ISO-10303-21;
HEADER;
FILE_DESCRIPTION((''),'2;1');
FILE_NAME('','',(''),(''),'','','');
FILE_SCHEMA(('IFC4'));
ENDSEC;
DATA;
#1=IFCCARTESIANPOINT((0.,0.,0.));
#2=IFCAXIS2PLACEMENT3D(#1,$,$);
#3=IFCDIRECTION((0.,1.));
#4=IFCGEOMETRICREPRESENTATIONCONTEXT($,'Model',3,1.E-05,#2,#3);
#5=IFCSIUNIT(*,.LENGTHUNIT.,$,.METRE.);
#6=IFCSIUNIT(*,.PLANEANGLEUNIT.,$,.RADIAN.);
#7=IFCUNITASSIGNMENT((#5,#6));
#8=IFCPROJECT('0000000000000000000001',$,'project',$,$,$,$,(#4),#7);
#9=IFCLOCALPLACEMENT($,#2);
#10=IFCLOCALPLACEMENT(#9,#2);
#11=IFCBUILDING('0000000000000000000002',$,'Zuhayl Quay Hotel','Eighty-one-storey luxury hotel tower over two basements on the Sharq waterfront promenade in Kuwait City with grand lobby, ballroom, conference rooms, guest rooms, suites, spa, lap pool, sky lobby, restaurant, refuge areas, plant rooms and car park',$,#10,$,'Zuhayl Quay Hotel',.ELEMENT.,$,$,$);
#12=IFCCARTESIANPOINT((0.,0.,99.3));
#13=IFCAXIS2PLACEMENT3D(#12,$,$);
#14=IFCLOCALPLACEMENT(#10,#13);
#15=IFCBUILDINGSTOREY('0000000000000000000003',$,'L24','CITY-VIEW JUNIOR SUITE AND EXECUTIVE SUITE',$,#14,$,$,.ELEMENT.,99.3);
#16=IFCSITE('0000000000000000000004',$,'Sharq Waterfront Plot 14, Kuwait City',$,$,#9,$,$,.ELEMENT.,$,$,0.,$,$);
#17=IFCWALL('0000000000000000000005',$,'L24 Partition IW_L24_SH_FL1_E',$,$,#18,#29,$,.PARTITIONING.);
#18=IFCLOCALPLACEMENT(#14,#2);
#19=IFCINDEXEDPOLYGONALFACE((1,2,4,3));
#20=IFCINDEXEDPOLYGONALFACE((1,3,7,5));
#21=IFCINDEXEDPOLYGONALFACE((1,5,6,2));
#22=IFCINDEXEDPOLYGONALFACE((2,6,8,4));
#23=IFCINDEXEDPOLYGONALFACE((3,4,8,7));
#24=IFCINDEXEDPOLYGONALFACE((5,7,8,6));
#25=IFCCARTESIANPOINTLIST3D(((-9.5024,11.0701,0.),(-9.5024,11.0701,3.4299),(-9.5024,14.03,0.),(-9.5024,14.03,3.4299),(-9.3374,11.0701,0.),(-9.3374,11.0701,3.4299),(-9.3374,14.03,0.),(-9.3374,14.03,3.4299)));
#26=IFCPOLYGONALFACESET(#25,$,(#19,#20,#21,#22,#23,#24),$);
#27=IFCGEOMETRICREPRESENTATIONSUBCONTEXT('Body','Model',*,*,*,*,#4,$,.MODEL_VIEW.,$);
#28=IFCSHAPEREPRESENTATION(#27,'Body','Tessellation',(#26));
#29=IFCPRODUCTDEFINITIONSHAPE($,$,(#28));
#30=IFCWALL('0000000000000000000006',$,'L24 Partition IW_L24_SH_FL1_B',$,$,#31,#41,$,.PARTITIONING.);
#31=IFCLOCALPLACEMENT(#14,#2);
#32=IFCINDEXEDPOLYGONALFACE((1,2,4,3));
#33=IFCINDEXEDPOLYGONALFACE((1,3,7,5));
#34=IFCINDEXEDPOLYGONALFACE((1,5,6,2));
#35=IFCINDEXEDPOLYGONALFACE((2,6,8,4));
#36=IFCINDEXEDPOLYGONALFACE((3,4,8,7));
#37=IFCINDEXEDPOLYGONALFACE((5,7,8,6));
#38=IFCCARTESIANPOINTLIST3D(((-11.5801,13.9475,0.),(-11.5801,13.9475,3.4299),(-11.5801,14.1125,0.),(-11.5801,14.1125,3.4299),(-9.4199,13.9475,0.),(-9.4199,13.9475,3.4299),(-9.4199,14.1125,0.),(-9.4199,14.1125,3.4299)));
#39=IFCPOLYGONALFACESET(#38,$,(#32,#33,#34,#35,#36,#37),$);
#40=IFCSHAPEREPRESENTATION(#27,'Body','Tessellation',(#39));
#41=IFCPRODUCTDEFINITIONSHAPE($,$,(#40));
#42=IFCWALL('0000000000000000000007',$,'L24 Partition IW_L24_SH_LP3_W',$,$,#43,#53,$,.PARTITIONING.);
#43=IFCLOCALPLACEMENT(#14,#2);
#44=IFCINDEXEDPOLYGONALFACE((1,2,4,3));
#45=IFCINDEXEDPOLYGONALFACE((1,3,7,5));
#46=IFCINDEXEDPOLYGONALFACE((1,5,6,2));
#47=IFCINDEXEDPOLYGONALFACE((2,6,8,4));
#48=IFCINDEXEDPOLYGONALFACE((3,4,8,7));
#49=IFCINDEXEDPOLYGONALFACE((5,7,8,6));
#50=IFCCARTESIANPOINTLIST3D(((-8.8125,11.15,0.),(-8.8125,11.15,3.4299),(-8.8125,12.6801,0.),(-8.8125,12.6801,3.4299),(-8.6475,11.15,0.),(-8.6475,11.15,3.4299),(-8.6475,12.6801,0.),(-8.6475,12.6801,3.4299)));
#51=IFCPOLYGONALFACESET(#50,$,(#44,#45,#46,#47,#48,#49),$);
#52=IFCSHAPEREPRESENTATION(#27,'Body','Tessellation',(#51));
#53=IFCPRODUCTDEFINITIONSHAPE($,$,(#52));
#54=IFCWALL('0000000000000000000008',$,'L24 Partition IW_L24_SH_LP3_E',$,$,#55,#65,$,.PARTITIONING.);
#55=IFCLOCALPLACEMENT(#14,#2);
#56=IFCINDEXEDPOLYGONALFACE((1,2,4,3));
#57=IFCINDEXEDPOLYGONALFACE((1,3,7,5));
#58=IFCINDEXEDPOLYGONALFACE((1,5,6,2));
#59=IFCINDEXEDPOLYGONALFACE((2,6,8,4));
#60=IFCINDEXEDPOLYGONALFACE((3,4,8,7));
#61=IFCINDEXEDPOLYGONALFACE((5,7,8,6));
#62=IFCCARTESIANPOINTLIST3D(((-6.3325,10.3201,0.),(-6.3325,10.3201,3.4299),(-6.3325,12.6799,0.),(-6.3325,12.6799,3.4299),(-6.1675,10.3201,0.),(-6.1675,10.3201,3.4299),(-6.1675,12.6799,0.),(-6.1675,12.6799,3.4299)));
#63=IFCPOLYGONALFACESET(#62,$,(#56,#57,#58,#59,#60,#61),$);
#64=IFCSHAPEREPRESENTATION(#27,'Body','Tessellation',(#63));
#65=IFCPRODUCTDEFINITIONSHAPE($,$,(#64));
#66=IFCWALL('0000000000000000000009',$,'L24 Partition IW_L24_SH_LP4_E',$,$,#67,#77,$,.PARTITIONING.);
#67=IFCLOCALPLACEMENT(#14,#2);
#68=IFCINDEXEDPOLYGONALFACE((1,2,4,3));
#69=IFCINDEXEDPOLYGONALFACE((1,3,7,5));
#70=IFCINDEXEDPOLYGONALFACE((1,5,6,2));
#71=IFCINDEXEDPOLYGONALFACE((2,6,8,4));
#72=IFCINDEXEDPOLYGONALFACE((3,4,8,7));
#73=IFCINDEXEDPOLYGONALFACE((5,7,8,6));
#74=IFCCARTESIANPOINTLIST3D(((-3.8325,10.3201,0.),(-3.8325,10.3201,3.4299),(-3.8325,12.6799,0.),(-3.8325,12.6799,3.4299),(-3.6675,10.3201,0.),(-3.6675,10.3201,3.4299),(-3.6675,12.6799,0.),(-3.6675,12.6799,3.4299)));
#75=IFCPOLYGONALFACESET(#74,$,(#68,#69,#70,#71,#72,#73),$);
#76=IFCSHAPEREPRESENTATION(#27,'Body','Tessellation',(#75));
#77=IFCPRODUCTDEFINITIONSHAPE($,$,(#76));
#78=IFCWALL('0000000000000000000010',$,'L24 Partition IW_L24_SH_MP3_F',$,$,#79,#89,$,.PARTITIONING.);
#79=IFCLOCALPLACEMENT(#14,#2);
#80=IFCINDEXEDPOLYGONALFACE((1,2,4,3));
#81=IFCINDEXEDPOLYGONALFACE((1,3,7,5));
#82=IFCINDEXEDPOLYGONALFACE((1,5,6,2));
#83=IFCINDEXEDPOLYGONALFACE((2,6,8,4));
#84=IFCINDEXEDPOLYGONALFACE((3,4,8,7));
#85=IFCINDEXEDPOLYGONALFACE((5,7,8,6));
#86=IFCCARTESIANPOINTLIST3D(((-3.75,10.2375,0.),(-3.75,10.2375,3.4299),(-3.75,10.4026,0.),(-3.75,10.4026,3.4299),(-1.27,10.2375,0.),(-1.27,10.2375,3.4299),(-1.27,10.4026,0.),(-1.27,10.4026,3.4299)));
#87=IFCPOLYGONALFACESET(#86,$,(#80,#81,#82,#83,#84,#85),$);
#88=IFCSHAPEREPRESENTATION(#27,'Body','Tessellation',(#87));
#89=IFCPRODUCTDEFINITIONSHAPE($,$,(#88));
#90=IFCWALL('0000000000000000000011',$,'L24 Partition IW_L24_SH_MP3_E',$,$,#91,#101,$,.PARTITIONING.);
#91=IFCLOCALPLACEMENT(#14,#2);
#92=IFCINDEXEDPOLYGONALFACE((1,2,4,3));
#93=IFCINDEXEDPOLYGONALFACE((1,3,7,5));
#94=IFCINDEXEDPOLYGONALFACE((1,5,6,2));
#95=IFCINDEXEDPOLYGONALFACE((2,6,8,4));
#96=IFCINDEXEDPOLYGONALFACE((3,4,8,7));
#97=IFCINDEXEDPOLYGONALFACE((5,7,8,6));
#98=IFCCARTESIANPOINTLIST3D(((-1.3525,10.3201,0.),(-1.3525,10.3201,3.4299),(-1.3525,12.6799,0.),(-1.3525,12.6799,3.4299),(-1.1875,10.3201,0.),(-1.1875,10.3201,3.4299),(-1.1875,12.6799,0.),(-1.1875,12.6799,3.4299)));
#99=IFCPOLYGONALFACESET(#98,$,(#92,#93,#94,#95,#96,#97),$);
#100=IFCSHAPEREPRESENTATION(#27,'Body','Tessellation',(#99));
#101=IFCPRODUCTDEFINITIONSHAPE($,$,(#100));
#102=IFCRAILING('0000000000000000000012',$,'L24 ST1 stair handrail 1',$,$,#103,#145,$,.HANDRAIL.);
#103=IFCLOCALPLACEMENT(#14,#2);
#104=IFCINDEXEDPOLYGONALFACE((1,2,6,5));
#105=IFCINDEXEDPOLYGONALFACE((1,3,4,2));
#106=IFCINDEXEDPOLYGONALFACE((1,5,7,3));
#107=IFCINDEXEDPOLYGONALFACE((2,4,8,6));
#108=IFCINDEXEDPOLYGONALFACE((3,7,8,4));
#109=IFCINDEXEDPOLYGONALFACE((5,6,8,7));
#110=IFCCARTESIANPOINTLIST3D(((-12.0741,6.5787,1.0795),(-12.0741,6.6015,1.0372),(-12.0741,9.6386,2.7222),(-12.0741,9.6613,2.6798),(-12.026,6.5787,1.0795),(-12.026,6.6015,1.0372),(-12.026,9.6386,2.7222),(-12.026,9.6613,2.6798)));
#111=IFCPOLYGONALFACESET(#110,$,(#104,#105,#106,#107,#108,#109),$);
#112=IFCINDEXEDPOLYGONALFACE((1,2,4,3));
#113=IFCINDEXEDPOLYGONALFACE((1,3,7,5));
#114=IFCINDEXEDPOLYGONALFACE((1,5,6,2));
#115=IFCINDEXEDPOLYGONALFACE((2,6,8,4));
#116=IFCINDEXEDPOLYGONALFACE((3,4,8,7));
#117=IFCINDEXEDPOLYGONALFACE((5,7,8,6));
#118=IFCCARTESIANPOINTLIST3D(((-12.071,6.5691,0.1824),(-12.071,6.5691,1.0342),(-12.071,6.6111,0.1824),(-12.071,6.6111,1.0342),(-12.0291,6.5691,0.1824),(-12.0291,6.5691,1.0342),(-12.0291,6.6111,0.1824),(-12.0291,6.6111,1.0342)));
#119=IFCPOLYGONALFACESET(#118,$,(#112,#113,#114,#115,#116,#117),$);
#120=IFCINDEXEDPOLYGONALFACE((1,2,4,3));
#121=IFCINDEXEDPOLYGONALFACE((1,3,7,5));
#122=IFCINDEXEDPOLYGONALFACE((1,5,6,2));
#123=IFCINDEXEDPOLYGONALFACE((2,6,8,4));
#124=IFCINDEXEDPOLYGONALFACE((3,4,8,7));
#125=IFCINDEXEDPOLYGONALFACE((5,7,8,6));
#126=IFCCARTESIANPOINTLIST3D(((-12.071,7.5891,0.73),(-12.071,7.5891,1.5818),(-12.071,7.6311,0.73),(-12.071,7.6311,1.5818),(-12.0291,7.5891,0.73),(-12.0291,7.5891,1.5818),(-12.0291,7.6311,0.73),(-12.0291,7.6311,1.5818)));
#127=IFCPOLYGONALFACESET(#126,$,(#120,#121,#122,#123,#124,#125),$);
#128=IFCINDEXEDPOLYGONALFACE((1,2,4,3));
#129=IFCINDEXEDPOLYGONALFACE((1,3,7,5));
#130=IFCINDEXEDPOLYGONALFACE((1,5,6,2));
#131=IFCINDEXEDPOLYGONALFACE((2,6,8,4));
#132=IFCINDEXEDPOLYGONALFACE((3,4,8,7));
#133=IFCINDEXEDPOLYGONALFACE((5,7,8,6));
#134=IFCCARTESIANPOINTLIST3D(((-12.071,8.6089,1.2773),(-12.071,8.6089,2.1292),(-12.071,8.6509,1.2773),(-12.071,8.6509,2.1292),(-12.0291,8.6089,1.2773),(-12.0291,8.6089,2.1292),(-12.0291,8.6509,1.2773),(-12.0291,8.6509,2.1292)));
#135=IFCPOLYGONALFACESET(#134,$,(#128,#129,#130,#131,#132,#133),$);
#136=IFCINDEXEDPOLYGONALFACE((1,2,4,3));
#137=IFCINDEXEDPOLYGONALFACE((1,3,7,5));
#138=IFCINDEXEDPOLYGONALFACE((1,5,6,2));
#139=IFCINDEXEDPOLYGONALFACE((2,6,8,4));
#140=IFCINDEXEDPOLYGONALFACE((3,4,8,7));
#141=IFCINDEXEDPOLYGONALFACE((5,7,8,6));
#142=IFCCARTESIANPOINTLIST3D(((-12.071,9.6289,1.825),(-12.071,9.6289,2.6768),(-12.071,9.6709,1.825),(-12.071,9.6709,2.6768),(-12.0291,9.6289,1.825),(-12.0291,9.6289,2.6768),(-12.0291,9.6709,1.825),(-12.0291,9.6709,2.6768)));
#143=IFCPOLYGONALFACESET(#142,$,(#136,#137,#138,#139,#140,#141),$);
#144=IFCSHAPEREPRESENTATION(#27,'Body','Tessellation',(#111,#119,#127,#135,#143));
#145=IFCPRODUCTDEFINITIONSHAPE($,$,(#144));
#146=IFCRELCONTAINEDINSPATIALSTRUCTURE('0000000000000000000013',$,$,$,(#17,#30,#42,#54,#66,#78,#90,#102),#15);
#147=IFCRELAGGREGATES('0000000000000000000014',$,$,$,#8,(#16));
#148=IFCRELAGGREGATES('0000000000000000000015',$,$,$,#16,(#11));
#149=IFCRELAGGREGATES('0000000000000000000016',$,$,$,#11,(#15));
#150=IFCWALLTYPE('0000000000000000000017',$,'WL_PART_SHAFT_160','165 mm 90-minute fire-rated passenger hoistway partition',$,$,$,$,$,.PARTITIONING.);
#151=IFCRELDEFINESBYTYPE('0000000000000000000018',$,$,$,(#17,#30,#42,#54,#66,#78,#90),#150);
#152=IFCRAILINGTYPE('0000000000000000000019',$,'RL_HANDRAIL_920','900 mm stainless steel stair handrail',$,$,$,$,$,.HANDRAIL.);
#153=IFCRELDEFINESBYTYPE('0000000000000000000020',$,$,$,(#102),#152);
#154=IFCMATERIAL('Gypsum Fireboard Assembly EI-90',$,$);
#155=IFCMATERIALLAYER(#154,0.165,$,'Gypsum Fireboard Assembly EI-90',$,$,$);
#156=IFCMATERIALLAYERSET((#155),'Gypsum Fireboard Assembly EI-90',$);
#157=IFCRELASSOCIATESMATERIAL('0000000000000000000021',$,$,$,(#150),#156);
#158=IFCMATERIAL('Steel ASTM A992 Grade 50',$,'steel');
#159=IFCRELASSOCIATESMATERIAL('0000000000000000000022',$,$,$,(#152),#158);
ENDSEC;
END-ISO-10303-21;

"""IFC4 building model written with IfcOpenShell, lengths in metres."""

from ifc_helpers import new_model, si_unit, direction, frame, frame_2d, origin, origin_2d, place, context, subcontext, project, spatial, rectangle, extrude, material, layer, layer_set, type_object, element, save


model = new_model("IFC4")

# Units and contexts
model_context = context("Model", 3, precision=1e-05, world=origin(), true_north=direction((0.0, 1.0)))
body_context = subcontext(model_context, "Body", "Model", "MODEL_VIEW")
ifc_project = project(units=[si_unit("LENGTHUNIT", "METRE"), si_unit("PLANEANGLEUNIT", "RADIAN")], contexts=[model_context])

# Site, building, storey
site_placement = place(None, origin())
site = spatial("IfcSite", under=ifc_project, at=site_placement, Name="Sharq Waterfront Plot 14, Kuwait City", CompositionType="ELEMENT", RefElevation=0.0)
building_placement = place(site_placement, origin())
building = spatial("IfcBuilding", under=site, at=building_placement, Name="Zuhayl Quay Hotel", Description="Eighty-one-storey luxury hotel tower over two basements on the Sharq waterfront promenade in Kuwait City with grand lobby, ballroom, conference rooms, guest rooms, suites, spa, lap pool, sky lobby, restaurant, refuge areas, plant rooms and car park", LongName="Zuhayl Quay Hotel", CompositionType="ELEMENT")
storey_placement = place(building_placement, frame((0.0, 0.0, 99.3)))
storey = spatial("IfcBuildingStorey", under=building, at=storey_placement, Name="L24", Description="CITY-VIEW JUNIOR SUITE AND EXECUTIVE SUITE", CompositionType="ELEMENT", Elevation=99.3)

# Shared definitions
ifc_material_1 = material(Name="Steel ASTM A992 Grade 50", Category="steel")

# Shared definitions
ifc_material_2 = material(Name="Gypsum Fireboard Assembly EI-90")
ifc_layer_1 = layer(ifc_material_2, 0.165, Name="Gypsum Fireboard Assembly EI-90")
ifc_layer_set_1 = layer_set([ifc_layer_1], Name="Gypsum Fireboard Assembly EI-90")
wall_type_1 = type_object("IfcWallType", Name="WL_PART_SHAFT_160", Description="165 mm 90-minute fire-rated passenger hoistway partition", PredefinedType="PARTITIONING", material=ifc_layer_set_1)

# Walls
wall_1_placement = place(storey_placement, frame((-9.4199, 11.0701, 0.0), z_axis=(0.0, 0.0, 1.0), x_axis=(0.0, 1.0, 0.0)))
element("IfcWall", 1, at=wall_1_placement, inside=storey, type_object=wall_type_1, Name="L24 Partition IW_L24_SH_FL1_E", PredefinedType="PARTITIONING", context=body_context, shape_type="SweptSolid", body=[
    extrude(rectangle(XDim=2.96, YDim=0.165, at=frame_2d((1.48, 0.0))), origin(), (0.0, 0.0, 1.0), 3.4299),
])
wall_2_placement = place(storey_placement, frame((-11.5801, 14.03, 0.0), z_axis=(0.0, 0.0, 1.0), x_axis=(1.0, 0.0, 0.0)))
element("IfcWall", 2, at=wall_2_placement, inside=storey, type_object=wall_type_1, Name="L24 Partition IW_L24_SH_FL1_B", PredefinedType="PARTITIONING", context=body_context, shape_type="SweptSolid", body=[
    extrude(rectangle(XDim=2.1602, YDim=0.165, at=frame_2d((1.0801, 0.0))), origin(), (0.0, 0.0, 1.0), 3.4299),
])
wall_3_placement = place(storey_placement, frame((-8.73, 11.1499, 0.0), z_axis=(0.0, 0.0, 1.0), x_axis=(0.0, 1.0, 0.0)))
element("IfcWall", 3, at=wall_3_placement, inside=storey, type_object=wall_type_1, Name="L24 Partition IW_L24_SH_LP3_W", PredefinedType="PARTITIONING", context=body_context, shape_type="SweptSolid", body=[
    extrude(rectangle(XDim=1.53, YDim=0.165, at=frame_2d((0.7651, 0.0))), origin(), (0.0, 0.0, 1.0), 3.4299),
])
for number, where, z_axis, x_axis, name in (
    (4, (-6.25, 10.3201, 0.0), (0.0, 0.0, 1.0), (0.0, 1.0, 0.0), "L24 Partition IW_L24_SH_LP3_E"),
    (5, (-3.75, 10.3201, 0.0), (0.0, 0.0, 1.0), (0.0, 1.0, 0.0), "L24 Partition IW_L24_SH_LP4_E"),
):
    element("IfcWall", number, at=place(storey_placement, frame(where, z_axis=z_axis, x_axis=x_axis)), inside=storey, type_object=wall_type_1, Name=name, PredefinedType="PARTITIONING", context=body_context, shape_type="SweptSolid", body=[
        extrude(rectangle(XDim=2.3599, YDim=0.165, at=frame_2d((1.1799, 0.0))), origin(), (0.0, 0.0, 1.0), 3.4299),
    ])
wall_4_placement = place(storey_placement, frame((-3.75, 10.3201, 0.0), z_axis=(0.0, 0.0, 1.0), x_axis=(1.0, 0.0, 0.0)))
element("IfcWall", 6, at=wall_4_placement, inside=storey, type_object=wall_type_1, Name="L24 Partition IW_L24_SH_MP3_F", PredefinedType="PARTITIONING", context=body_context, shape_type="SweptSolid", body=[
    extrude(rectangle(XDim=2.48, YDim=0.165, at=frame_2d((1.24, 0.0))), origin(), (0.0, 0.0, 1.0), 3.4299),
])
wall_5_placement = place(storey_placement, frame((-1.27, 10.3201, 0.0), z_axis=(0.0, 0.0, 1.0), x_axis=(0.0, 1.0, 0.0)))
element("IfcWall", 7, at=wall_5_placement, inside=storey, type_object=wall_type_1, Name="L24 Partition IW_L24_SH_MP3_E", PredefinedType="PARTITIONING", context=body_context, shape_type="SweptSolid", body=[
    extrude(rectangle(XDim=2.3599, YDim=0.165, at=frame_2d((1.1799, 0.0))), origin(), (0.0, 0.0, 1.0), 3.4299),
])

# Railing
railing_type = type_object("IfcRailingType", Name="RL_HANDRAIL_920", Description="900 mm stainless steel stair handrail", PredefinedType="HANDRAIL", material=ifc_material_1)
railing_placement = place(storey_placement, frame((-12.05, 6.5901, 0.1824)))
element("IfcRailing", 8, at=railing_placement, inside=storey, type_object=railing_type, Name="L24 ST1 stair handrail 1", PredefinedType="HANDRAIL", context=body_context, shape_type="SweptSolid", body=[
    extrude(rectangle(XDim=0.0481, YDim=0.0481, at=origin_2d()), frame((0.0, 0.0, 0.876), z_axis=(0.0, 0.881073, 0.47298), x_axis=(-1.0, 0.0, 0.0)), (0.0, 0.0, 1.0), 3.4729),
    extrude(rectangle(XDim=0.042, YDim=0.042, at=origin_2d()), origin(), (0.0, 0.0, 1.0), 0.8518),
    extrude(rectangle(XDim=0.042, YDim=0.042, at=origin_2d()), frame((0.0, 1.02, 0.5476)), (0.0, 0.0, 1.0), 0.8518),
    extrude(rectangle(XDim=0.042, YDim=0.042, at=origin_2d()), frame((0.0, 2.0398, 1.095)), (0.0, 0.0, 1.0), 0.8518),
    extrude(rectangle(XDim=0.042, YDim=0.042, at=origin_2d()), frame((0.0, 3.0598, 1.6426)), (0.0, 0.0, 1.0), 0.8518),
])

save(model, "model.ifc")
